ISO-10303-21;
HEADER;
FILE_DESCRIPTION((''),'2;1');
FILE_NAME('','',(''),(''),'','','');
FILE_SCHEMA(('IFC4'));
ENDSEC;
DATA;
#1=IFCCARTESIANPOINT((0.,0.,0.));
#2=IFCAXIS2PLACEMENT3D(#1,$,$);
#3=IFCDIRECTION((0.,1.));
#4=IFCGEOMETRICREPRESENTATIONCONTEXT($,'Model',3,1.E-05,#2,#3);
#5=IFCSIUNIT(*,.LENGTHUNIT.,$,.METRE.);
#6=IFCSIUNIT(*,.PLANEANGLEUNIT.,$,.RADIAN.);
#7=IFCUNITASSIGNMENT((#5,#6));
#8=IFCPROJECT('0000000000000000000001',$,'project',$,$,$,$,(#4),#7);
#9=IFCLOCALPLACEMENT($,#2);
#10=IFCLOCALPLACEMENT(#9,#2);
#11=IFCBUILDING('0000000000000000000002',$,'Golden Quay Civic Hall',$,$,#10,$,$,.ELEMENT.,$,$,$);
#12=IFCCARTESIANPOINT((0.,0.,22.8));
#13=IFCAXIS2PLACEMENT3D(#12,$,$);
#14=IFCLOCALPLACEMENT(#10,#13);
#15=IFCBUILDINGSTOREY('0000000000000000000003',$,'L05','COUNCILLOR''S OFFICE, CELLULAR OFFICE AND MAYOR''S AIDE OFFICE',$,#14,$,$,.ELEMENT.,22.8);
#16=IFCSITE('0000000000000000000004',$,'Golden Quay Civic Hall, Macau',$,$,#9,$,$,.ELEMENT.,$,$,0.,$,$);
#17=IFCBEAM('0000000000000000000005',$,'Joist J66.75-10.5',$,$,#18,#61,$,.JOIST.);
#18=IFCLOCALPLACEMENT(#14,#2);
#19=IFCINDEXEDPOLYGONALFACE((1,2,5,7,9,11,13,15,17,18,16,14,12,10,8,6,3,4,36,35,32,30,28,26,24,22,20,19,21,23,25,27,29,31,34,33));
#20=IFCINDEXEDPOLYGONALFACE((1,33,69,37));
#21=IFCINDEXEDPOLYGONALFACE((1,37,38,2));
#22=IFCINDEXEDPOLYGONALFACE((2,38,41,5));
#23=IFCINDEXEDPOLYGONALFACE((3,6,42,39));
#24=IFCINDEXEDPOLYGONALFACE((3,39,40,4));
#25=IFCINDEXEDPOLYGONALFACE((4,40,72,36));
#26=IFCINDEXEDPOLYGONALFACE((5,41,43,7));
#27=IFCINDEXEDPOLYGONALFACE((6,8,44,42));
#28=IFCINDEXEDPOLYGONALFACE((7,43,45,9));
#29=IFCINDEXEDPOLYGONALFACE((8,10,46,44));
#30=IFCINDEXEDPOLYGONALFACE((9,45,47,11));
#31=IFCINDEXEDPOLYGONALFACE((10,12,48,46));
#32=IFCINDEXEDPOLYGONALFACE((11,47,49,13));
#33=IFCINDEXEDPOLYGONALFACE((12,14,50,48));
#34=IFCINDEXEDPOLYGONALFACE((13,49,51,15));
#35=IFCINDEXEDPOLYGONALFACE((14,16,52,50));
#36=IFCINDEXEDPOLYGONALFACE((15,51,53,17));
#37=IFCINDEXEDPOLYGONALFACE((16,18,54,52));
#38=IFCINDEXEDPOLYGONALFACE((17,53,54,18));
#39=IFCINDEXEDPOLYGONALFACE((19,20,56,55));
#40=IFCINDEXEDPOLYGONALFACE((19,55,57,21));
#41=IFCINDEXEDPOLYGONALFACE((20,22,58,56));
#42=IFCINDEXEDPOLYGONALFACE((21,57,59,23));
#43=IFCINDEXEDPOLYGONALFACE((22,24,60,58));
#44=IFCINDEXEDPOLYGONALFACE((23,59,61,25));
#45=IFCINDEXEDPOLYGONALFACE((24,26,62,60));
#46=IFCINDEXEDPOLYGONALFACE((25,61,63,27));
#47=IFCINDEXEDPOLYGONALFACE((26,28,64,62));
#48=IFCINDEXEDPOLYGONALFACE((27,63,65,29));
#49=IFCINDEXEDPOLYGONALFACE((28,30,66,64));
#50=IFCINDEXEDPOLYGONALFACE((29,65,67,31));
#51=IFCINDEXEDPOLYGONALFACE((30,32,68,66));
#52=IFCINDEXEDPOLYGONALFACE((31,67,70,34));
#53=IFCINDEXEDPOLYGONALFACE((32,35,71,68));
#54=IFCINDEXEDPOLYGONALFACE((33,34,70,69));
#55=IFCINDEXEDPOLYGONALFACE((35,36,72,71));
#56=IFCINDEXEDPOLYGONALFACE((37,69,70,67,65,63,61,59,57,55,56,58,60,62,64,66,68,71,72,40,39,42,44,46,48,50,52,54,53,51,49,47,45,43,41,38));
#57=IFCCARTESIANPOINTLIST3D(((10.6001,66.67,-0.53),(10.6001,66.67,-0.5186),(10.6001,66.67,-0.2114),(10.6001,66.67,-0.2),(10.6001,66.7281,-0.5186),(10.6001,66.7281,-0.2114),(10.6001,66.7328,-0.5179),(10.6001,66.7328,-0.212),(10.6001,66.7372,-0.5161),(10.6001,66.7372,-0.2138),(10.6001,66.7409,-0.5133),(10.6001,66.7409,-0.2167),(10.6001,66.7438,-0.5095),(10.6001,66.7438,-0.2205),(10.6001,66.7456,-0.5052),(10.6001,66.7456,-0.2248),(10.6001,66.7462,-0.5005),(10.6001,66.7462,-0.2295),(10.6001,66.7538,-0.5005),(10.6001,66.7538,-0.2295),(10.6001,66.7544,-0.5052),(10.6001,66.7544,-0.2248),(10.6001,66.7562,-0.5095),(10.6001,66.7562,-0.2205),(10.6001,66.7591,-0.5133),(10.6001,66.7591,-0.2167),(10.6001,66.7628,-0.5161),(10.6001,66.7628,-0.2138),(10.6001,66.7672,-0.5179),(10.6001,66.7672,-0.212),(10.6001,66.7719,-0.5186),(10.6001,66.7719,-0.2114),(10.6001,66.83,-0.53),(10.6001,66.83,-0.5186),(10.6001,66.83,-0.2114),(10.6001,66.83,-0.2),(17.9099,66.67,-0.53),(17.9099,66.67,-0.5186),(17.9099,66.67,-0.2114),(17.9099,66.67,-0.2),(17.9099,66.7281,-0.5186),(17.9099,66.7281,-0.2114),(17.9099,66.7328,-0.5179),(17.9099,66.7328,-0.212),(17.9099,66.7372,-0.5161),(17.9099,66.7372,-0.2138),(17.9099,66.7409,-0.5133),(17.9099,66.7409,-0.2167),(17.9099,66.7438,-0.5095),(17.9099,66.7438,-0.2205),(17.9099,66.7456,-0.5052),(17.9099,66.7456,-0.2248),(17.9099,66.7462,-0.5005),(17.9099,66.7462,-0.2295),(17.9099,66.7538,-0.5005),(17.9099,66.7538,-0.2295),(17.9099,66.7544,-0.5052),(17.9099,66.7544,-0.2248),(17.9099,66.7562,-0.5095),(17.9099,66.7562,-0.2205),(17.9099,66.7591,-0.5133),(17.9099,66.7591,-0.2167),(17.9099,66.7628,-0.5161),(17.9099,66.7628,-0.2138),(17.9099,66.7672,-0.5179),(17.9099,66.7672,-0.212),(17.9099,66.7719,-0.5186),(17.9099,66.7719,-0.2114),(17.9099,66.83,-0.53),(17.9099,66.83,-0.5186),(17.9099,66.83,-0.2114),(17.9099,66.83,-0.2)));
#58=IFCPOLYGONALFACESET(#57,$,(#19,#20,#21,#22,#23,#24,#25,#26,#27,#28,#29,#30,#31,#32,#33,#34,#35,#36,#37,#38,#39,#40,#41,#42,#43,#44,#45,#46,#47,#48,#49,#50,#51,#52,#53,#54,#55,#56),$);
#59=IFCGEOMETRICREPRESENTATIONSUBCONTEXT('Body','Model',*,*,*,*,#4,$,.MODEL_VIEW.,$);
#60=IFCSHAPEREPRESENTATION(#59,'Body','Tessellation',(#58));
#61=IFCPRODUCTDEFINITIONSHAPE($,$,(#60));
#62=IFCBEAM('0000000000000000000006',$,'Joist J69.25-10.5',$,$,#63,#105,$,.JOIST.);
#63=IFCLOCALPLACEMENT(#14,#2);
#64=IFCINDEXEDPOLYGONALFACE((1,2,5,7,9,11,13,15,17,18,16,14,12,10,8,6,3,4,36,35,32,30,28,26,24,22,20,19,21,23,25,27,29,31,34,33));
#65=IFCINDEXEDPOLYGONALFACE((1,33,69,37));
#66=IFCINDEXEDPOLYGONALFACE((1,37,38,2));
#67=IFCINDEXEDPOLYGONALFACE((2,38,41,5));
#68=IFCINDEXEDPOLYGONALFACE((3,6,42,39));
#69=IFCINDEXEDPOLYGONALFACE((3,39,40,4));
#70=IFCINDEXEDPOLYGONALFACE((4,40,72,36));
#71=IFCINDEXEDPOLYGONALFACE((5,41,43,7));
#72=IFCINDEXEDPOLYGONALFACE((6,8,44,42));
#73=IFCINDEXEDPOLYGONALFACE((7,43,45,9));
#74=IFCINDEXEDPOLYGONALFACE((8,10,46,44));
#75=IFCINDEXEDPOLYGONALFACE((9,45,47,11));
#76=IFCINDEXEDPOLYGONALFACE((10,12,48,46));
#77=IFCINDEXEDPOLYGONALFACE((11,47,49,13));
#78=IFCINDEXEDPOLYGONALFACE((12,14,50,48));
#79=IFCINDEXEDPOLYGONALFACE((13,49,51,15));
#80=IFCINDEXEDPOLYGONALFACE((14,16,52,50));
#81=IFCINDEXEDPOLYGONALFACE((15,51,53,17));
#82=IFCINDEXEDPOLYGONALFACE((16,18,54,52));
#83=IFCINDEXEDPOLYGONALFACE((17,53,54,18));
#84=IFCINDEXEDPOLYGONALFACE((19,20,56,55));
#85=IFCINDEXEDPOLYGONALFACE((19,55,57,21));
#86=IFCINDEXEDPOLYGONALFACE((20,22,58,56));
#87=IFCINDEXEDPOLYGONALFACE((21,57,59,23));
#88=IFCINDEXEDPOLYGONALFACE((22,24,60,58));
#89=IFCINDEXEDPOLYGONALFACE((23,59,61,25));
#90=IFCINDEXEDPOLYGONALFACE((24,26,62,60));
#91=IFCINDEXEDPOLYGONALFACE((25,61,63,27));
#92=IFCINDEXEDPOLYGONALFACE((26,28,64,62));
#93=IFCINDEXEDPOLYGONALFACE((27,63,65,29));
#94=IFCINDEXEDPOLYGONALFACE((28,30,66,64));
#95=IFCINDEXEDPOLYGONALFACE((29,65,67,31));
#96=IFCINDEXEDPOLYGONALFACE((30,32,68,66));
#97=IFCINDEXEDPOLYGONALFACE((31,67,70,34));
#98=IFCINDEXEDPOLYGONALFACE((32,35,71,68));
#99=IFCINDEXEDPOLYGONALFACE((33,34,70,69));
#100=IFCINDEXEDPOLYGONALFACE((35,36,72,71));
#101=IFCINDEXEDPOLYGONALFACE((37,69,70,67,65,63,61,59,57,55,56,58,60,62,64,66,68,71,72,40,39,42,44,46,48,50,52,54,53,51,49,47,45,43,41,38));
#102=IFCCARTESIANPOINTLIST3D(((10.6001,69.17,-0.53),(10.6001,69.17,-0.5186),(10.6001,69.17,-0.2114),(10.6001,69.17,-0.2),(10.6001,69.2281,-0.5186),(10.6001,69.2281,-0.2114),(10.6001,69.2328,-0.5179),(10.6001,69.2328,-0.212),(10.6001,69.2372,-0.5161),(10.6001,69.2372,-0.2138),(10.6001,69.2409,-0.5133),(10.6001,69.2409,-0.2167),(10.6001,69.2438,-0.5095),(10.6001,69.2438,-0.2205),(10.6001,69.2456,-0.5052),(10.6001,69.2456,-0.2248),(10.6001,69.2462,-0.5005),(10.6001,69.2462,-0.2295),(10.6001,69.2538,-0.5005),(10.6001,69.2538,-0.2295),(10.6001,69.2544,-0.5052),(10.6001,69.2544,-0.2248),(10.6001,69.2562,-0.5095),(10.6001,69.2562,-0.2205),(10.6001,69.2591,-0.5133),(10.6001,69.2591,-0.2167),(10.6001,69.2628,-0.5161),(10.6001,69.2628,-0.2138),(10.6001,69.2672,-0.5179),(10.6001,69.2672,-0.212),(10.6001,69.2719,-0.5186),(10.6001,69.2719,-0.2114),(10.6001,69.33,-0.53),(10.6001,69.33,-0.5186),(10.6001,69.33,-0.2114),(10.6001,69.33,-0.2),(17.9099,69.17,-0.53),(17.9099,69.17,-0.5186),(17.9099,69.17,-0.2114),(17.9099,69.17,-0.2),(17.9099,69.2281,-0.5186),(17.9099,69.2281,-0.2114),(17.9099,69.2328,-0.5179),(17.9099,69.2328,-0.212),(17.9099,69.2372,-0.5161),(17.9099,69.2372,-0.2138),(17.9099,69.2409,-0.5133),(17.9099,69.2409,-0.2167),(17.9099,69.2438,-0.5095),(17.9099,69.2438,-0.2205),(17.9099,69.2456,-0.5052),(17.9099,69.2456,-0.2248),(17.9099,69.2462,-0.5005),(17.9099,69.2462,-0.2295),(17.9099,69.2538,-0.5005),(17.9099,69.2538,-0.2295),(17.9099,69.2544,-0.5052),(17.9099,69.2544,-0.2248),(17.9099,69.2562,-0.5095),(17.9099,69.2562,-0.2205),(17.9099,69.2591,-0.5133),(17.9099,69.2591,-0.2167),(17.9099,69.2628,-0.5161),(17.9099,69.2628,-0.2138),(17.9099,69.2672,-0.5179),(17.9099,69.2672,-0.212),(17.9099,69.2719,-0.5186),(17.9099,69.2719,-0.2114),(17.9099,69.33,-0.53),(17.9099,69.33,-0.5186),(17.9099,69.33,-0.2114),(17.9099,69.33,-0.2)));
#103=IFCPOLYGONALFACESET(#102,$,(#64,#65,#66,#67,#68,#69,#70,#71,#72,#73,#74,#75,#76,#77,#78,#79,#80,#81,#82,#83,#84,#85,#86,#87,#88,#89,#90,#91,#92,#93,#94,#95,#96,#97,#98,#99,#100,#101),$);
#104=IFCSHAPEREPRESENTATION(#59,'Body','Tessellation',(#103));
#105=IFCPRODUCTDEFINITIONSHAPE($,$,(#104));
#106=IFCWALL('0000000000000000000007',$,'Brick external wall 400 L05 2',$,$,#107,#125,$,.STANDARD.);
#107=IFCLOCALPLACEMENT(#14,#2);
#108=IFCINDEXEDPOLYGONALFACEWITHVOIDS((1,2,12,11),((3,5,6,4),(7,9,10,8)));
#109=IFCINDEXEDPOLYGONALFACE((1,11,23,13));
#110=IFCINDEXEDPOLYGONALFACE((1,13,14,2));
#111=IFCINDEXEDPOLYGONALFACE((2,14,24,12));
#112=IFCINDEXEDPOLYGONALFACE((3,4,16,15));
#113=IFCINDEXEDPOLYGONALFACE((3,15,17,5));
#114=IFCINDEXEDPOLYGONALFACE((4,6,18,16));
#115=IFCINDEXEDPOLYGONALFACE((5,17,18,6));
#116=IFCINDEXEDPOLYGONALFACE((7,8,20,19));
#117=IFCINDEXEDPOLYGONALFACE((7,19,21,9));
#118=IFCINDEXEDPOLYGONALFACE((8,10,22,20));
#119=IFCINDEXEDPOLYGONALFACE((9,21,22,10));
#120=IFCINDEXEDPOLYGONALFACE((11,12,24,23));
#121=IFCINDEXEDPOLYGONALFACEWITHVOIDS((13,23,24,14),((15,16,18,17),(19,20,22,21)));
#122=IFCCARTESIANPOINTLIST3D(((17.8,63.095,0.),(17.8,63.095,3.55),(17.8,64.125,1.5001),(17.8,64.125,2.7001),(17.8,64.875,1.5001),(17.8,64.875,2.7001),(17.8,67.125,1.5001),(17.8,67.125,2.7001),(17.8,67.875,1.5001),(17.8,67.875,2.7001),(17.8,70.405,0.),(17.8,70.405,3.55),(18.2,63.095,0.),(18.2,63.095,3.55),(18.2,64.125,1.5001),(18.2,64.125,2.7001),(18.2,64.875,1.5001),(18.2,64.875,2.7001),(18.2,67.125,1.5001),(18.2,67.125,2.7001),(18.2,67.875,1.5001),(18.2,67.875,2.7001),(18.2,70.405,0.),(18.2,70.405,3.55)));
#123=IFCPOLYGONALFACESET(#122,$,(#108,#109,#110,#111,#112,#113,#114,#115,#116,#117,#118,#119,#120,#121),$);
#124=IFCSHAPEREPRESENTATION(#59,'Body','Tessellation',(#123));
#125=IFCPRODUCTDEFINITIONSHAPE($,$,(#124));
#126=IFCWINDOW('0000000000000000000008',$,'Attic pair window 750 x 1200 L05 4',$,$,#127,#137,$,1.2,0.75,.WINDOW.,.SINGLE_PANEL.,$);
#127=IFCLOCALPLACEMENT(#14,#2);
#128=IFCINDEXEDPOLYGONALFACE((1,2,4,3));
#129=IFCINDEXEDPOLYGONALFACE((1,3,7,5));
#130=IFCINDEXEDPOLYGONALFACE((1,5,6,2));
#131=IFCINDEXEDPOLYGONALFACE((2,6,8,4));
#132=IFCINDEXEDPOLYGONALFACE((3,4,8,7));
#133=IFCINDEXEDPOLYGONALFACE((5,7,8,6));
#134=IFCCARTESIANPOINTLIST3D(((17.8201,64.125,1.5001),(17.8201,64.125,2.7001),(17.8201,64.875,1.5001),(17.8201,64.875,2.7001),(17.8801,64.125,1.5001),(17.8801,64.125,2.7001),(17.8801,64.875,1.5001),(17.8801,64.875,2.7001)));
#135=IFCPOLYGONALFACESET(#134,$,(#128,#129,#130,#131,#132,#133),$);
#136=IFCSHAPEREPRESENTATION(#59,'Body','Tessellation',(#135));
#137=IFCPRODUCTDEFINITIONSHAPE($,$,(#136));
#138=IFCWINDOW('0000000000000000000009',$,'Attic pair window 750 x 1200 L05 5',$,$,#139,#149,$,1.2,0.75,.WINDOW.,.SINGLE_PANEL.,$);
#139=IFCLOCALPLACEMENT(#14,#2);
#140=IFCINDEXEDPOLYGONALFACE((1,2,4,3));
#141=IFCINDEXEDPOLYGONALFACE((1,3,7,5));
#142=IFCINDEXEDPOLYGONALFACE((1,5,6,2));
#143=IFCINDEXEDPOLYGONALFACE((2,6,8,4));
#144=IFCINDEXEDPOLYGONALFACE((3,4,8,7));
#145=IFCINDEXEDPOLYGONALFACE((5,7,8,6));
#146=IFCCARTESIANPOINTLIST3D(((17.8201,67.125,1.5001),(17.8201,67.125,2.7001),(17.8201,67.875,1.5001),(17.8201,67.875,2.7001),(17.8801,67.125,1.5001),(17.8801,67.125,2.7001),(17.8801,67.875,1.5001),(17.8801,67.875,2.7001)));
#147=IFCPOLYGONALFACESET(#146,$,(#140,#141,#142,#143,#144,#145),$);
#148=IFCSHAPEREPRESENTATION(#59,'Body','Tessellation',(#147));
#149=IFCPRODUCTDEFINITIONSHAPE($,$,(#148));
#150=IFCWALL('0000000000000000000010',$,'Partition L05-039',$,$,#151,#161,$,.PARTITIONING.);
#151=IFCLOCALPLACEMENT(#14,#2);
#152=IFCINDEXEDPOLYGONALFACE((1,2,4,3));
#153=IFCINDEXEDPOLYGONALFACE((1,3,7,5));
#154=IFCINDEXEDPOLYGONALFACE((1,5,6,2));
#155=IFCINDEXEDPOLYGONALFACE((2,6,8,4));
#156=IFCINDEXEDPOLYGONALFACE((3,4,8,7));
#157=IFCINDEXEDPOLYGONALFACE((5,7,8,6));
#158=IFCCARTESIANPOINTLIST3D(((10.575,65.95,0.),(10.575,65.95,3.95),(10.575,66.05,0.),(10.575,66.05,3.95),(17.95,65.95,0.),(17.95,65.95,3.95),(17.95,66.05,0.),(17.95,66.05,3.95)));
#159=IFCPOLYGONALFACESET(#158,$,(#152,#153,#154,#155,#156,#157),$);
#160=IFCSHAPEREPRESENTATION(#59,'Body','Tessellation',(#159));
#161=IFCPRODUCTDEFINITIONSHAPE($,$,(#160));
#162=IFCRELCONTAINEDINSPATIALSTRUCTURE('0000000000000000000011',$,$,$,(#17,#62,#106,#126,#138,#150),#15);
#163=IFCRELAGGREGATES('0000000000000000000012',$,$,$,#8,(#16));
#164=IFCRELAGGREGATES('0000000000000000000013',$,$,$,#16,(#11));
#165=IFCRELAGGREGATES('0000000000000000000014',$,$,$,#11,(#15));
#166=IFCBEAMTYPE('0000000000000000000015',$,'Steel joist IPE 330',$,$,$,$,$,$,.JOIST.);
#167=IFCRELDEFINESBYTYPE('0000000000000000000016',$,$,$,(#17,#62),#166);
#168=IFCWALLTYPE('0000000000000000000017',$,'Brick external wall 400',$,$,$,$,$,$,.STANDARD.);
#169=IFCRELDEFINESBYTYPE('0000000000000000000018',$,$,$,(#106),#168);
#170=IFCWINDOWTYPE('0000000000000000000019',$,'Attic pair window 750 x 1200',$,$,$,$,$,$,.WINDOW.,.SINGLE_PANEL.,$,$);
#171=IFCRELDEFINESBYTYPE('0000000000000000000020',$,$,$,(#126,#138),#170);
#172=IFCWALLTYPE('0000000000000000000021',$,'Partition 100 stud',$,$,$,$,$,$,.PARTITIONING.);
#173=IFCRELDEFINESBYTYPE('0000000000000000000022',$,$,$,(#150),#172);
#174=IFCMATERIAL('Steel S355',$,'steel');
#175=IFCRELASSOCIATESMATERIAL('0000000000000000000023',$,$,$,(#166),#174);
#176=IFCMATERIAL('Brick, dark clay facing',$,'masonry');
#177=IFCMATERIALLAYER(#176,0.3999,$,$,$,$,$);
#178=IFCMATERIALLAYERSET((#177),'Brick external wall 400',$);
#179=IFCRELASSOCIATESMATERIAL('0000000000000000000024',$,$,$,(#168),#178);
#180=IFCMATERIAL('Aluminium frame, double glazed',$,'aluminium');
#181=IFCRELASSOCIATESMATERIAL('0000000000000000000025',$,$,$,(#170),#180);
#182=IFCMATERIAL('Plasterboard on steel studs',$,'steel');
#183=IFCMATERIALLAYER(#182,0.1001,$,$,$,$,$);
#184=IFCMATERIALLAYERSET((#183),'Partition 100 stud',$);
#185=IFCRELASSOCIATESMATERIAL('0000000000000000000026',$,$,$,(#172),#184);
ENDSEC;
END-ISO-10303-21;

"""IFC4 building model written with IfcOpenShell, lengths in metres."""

from ifc_helpers import new_model, si_unit, direction, frame, frame_2d, origin, origin_2d, place, context, subcontext, project, spatial, rectangle, i_section, extrude, material, layer, layer_set, material_profile, profile_set, type_object, element, fill, save


model = new_model("IFC4")

# Units and contexts
model_context = context("Model", 3, precision=1e-05, world=origin(), true_north=direction((0.0, 1.0)))
body_context = subcontext(model_context, "Body", "Model", "MODEL_VIEW")
ifc_project = project(units=[si_unit("LENGTHUNIT", "METRE"), si_unit("PLANEANGLEUNIT", "RADIAN")], contexts=[model_context])

# Site, building, storey
site_placement = place(None, origin())
site = spatial("IfcSite", under=ifc_project, at=site_placement, Name="Golden Quay Civic Hall, Macau", CompositionType="ELEMENT", RefElevation=0.0)
building_placement = place(site_placement, origin())
building = spatial("IfcBuilding", under=site, at=building_placement, Name="Golden Quay Civic Hall", CompositionType="ELEMENT")
storey_placement = place(building_placement, frame((0.0, 0.0, 22.8)))
storey = spatial("IfcBuildingStorey", under=building, at=storey_placement, Name="L05", Description="COUNCILLOR'S OFFICE, CELLULAR OFFICE AND MAYOR'S AIDE OFFICE", CompositionType="ELEMENT", Elevation=22.8)

# Beams
ifc_material_1 = material(Name="Steel S355", Category="steel")
ifc_material_profile_1 = material_profile(ifc_material_1, i_section(OverallWidth=0.1599, OverallDepth=0.3301, WebThickness=0.0076, FlangeThickness=0.0115, FilletRadius=0.0181, at=origin_2d()), Name="IPE 330")
ifc_profile_set_1 = profile_set([ifc_material_profile_1], Name="Steel S355")
beam_type_1 = type_object("IfcBeamType", Name="Steel joist IPE 330", PredefinedType="JOIST", material=ifc_profile_set_1)
for number, where, z_axis, x_axis, name in (
    (1, (10.6001, 66.75, -0.365), (1.0, 0.0, 0.0), (0.0, 1.0, 0.0), "Joist J66.75-10.5"),
    (2, (10.6001, 69.25, -0.365), (1.0, 0.0, 0.0), (0.0, 1.0, 0.0), "Joist J69.25-10.5"),
):
    element("IfcBeam", number, at=place(storey_placement, frame(where, z_axis=z_axis, x_axis=x_axis)), inside=storey, type_object=beam_type_1, Name=name, PredefinedType="JOIST", context=body_context, shape_type="SweptSolid", body=[
        extrude(i_section(OverallWidth=0.1599, OverallDepth=0.3301, WebThickness=0.0076, FlangeThickness=0.0115, FilletRadius=0.0181, at=origin_2d()), origin(), (0.0, 0.0, 1.0), 7.3098),
    ])

# Wall, openings, windows
ifc_material_2 = material(Name="Brick, dark clay facing", Category="masonry")
ifc_layer_1 = layer(ifc_material_2, 0.3999)
ifc_layer_set_1 = layer_set([ifc_layer_1], Name="Brick external wall 400")
wall_type_1 = type_object("IfcWallType", Name="Brick external wall 400", PredefinedType="STANDARD", material=ifc_layer_set_1)
wall_1_placement = place(storey_placement, frame((18.0, 70.405, 0.0), z_axis=(0.0, 0.0, 1.0), x_axis=(0.0, -1.0, 0.0)))
wall_1 = element("IfcWall", 3, at=wall_1_placement, inside=storey, type_object=wall_type_1, Name="Brick external wall 400 L05 2", PredefinedType="STANDARD", context=body_context, shape_type="SweptSolid", body=[
    extrude(rectangle(XDim=7.3101, YDim=0.3999, at=frame_2d((3.655, 0.0))), origin(), (0.0, 0.0, 1.0), 3.55),
])
opening_1_placement = place(wall_1_placement, frame((5.53, 0.0, 1.5)))
opening_1 = element("IfcOpeningElement", 4, at=opening_1_placement, cuts=wall_1, PredefinedType="OPENING", context=body_context, shape_type="SweptSolid", body=[
    extrude(rectangle(XDim=0.75, YDim=1.2, at=frame_2d((0.375, 0.6001))), frame((0.0, 0.21, 0.0), z_axis=(0.0, -1.0, 0.0), x_axis=(1.0, 0.0, 0.0)), (0.0, 0.0, 1.0), 0.4199),
])
opening_2_placement = place(wall_1_placement, frame((2.53, 0.0, 1.5)))
opening_2 = element("IfcOpeningElement", 5, at=opening_2_placement, cuts=wall_1, PredefinedType="OPENING", context=body_context, shape_type="SweptSolid", body=[
    extrude(rectangle(XDim=0.75, YDim=1.2, at=frame_2d((0.375, 0.6001))), frame((0.0, 0.21, 0.0), z_axis=(0.0, -1.0, 0.0), x_axis=(1.0, 0.0, 0.0)), (0.0, 0.0, 1.0), 0.4199),
])
ifc_material_3 = material(Name="Aluminium frame, double glazed", Category="aluminium")
window_type = type_object("IfcWindowType", Name="Attic pair window 750 x 1200", PartitioningType="SINGLE_PANEL", PredefinedType="WINDOW", material=ifc_material_3)
window_1_placement = place(opening_1_placement, origin())
window_1 = element("IfcWindow", 6, at=window_1_placement, inside=storey, type_object=window_type, Name="Attic pair window 750 x 1200 L05 4", OverallHeight=1.2, OverallWidth=0.75, PartitioningType="SINGLE_PANEL", PredefinedType="WINDOW", context=body_context, shape_type="SweptSolid", body=[
    extrude(rectangle(XDim=0.75, YDim=1.2, at=frame_2d((0.375, 0.6001))), frame((0.0, -0.1199, 0.0), z_axis=(0.0, -1.0, 0.0), x_axis=(1.0, 0.0, 0.0)), (0.0, 0.0, 1.0), 0.0601),
])
fill(opening_1, window_1)
window_2_placement = place(opening_2_placement, origin())
window_2 = element("IfcWindow", 7, at=window_2_placement, inside=storey, type_object=window_type, Name="Attic pair window 750 x 1200 L05 5", OverallHeight=1.2, OverallWidth=0.75, PartitioningType="SINGLE_PANEL", PredefinedType="WINDOW", context=body_context, shape_type="SweptSolid", body=[
    extrude(rectangle(XDim=0.75, YDim=1.2, at=frame_2d((0.375, 0.6001))), frame((0.0, -0.1199, 0.0), z_axis=(0.0, -1.0, 0.0), x_axis=(1.0, 0.0, 0.0)), (0.0, 0.0, 1.0), 0.0601),
])
fill(opening_2, window_2)

# Wall
ifc_material_4 = material(Name="Plasterboard on steel studs", Category="steel")
ifc_layer_2 = layer(ifc_material_4, 0.1001)
ifc_layer_set_2 = layer_set([ifc_layer_2], Name="Partition 100 stud")
wall_type_2 = type_object("IfcWallType", Name="Partition 100 stud", PredefinedType="PARTITIONING", material=ifc_layer_set_2)
wall_2_placement = place(storey_placement, frame((10.575, 66.0, 0.0), z_axis=(0.0, 0.0, 1.0), x_axis=(1.0, 0.0, 0.0)))
element("IfcWall", 8, at=wall_2_placement, inside=storey, type_object=wall_type_2, Name="Partition L05-039", PredefinedType="PARTITIONING", context=body_context, shape_type="SweptSolid", body=[
    extrude(rectangle(XDim=7.375, YDim=0.1001, at=frame_2d((3.6875, 0.0))), origin(), (0.0, 0.0, 1.0), 3.95),
])

save(model, "model.ifc")
